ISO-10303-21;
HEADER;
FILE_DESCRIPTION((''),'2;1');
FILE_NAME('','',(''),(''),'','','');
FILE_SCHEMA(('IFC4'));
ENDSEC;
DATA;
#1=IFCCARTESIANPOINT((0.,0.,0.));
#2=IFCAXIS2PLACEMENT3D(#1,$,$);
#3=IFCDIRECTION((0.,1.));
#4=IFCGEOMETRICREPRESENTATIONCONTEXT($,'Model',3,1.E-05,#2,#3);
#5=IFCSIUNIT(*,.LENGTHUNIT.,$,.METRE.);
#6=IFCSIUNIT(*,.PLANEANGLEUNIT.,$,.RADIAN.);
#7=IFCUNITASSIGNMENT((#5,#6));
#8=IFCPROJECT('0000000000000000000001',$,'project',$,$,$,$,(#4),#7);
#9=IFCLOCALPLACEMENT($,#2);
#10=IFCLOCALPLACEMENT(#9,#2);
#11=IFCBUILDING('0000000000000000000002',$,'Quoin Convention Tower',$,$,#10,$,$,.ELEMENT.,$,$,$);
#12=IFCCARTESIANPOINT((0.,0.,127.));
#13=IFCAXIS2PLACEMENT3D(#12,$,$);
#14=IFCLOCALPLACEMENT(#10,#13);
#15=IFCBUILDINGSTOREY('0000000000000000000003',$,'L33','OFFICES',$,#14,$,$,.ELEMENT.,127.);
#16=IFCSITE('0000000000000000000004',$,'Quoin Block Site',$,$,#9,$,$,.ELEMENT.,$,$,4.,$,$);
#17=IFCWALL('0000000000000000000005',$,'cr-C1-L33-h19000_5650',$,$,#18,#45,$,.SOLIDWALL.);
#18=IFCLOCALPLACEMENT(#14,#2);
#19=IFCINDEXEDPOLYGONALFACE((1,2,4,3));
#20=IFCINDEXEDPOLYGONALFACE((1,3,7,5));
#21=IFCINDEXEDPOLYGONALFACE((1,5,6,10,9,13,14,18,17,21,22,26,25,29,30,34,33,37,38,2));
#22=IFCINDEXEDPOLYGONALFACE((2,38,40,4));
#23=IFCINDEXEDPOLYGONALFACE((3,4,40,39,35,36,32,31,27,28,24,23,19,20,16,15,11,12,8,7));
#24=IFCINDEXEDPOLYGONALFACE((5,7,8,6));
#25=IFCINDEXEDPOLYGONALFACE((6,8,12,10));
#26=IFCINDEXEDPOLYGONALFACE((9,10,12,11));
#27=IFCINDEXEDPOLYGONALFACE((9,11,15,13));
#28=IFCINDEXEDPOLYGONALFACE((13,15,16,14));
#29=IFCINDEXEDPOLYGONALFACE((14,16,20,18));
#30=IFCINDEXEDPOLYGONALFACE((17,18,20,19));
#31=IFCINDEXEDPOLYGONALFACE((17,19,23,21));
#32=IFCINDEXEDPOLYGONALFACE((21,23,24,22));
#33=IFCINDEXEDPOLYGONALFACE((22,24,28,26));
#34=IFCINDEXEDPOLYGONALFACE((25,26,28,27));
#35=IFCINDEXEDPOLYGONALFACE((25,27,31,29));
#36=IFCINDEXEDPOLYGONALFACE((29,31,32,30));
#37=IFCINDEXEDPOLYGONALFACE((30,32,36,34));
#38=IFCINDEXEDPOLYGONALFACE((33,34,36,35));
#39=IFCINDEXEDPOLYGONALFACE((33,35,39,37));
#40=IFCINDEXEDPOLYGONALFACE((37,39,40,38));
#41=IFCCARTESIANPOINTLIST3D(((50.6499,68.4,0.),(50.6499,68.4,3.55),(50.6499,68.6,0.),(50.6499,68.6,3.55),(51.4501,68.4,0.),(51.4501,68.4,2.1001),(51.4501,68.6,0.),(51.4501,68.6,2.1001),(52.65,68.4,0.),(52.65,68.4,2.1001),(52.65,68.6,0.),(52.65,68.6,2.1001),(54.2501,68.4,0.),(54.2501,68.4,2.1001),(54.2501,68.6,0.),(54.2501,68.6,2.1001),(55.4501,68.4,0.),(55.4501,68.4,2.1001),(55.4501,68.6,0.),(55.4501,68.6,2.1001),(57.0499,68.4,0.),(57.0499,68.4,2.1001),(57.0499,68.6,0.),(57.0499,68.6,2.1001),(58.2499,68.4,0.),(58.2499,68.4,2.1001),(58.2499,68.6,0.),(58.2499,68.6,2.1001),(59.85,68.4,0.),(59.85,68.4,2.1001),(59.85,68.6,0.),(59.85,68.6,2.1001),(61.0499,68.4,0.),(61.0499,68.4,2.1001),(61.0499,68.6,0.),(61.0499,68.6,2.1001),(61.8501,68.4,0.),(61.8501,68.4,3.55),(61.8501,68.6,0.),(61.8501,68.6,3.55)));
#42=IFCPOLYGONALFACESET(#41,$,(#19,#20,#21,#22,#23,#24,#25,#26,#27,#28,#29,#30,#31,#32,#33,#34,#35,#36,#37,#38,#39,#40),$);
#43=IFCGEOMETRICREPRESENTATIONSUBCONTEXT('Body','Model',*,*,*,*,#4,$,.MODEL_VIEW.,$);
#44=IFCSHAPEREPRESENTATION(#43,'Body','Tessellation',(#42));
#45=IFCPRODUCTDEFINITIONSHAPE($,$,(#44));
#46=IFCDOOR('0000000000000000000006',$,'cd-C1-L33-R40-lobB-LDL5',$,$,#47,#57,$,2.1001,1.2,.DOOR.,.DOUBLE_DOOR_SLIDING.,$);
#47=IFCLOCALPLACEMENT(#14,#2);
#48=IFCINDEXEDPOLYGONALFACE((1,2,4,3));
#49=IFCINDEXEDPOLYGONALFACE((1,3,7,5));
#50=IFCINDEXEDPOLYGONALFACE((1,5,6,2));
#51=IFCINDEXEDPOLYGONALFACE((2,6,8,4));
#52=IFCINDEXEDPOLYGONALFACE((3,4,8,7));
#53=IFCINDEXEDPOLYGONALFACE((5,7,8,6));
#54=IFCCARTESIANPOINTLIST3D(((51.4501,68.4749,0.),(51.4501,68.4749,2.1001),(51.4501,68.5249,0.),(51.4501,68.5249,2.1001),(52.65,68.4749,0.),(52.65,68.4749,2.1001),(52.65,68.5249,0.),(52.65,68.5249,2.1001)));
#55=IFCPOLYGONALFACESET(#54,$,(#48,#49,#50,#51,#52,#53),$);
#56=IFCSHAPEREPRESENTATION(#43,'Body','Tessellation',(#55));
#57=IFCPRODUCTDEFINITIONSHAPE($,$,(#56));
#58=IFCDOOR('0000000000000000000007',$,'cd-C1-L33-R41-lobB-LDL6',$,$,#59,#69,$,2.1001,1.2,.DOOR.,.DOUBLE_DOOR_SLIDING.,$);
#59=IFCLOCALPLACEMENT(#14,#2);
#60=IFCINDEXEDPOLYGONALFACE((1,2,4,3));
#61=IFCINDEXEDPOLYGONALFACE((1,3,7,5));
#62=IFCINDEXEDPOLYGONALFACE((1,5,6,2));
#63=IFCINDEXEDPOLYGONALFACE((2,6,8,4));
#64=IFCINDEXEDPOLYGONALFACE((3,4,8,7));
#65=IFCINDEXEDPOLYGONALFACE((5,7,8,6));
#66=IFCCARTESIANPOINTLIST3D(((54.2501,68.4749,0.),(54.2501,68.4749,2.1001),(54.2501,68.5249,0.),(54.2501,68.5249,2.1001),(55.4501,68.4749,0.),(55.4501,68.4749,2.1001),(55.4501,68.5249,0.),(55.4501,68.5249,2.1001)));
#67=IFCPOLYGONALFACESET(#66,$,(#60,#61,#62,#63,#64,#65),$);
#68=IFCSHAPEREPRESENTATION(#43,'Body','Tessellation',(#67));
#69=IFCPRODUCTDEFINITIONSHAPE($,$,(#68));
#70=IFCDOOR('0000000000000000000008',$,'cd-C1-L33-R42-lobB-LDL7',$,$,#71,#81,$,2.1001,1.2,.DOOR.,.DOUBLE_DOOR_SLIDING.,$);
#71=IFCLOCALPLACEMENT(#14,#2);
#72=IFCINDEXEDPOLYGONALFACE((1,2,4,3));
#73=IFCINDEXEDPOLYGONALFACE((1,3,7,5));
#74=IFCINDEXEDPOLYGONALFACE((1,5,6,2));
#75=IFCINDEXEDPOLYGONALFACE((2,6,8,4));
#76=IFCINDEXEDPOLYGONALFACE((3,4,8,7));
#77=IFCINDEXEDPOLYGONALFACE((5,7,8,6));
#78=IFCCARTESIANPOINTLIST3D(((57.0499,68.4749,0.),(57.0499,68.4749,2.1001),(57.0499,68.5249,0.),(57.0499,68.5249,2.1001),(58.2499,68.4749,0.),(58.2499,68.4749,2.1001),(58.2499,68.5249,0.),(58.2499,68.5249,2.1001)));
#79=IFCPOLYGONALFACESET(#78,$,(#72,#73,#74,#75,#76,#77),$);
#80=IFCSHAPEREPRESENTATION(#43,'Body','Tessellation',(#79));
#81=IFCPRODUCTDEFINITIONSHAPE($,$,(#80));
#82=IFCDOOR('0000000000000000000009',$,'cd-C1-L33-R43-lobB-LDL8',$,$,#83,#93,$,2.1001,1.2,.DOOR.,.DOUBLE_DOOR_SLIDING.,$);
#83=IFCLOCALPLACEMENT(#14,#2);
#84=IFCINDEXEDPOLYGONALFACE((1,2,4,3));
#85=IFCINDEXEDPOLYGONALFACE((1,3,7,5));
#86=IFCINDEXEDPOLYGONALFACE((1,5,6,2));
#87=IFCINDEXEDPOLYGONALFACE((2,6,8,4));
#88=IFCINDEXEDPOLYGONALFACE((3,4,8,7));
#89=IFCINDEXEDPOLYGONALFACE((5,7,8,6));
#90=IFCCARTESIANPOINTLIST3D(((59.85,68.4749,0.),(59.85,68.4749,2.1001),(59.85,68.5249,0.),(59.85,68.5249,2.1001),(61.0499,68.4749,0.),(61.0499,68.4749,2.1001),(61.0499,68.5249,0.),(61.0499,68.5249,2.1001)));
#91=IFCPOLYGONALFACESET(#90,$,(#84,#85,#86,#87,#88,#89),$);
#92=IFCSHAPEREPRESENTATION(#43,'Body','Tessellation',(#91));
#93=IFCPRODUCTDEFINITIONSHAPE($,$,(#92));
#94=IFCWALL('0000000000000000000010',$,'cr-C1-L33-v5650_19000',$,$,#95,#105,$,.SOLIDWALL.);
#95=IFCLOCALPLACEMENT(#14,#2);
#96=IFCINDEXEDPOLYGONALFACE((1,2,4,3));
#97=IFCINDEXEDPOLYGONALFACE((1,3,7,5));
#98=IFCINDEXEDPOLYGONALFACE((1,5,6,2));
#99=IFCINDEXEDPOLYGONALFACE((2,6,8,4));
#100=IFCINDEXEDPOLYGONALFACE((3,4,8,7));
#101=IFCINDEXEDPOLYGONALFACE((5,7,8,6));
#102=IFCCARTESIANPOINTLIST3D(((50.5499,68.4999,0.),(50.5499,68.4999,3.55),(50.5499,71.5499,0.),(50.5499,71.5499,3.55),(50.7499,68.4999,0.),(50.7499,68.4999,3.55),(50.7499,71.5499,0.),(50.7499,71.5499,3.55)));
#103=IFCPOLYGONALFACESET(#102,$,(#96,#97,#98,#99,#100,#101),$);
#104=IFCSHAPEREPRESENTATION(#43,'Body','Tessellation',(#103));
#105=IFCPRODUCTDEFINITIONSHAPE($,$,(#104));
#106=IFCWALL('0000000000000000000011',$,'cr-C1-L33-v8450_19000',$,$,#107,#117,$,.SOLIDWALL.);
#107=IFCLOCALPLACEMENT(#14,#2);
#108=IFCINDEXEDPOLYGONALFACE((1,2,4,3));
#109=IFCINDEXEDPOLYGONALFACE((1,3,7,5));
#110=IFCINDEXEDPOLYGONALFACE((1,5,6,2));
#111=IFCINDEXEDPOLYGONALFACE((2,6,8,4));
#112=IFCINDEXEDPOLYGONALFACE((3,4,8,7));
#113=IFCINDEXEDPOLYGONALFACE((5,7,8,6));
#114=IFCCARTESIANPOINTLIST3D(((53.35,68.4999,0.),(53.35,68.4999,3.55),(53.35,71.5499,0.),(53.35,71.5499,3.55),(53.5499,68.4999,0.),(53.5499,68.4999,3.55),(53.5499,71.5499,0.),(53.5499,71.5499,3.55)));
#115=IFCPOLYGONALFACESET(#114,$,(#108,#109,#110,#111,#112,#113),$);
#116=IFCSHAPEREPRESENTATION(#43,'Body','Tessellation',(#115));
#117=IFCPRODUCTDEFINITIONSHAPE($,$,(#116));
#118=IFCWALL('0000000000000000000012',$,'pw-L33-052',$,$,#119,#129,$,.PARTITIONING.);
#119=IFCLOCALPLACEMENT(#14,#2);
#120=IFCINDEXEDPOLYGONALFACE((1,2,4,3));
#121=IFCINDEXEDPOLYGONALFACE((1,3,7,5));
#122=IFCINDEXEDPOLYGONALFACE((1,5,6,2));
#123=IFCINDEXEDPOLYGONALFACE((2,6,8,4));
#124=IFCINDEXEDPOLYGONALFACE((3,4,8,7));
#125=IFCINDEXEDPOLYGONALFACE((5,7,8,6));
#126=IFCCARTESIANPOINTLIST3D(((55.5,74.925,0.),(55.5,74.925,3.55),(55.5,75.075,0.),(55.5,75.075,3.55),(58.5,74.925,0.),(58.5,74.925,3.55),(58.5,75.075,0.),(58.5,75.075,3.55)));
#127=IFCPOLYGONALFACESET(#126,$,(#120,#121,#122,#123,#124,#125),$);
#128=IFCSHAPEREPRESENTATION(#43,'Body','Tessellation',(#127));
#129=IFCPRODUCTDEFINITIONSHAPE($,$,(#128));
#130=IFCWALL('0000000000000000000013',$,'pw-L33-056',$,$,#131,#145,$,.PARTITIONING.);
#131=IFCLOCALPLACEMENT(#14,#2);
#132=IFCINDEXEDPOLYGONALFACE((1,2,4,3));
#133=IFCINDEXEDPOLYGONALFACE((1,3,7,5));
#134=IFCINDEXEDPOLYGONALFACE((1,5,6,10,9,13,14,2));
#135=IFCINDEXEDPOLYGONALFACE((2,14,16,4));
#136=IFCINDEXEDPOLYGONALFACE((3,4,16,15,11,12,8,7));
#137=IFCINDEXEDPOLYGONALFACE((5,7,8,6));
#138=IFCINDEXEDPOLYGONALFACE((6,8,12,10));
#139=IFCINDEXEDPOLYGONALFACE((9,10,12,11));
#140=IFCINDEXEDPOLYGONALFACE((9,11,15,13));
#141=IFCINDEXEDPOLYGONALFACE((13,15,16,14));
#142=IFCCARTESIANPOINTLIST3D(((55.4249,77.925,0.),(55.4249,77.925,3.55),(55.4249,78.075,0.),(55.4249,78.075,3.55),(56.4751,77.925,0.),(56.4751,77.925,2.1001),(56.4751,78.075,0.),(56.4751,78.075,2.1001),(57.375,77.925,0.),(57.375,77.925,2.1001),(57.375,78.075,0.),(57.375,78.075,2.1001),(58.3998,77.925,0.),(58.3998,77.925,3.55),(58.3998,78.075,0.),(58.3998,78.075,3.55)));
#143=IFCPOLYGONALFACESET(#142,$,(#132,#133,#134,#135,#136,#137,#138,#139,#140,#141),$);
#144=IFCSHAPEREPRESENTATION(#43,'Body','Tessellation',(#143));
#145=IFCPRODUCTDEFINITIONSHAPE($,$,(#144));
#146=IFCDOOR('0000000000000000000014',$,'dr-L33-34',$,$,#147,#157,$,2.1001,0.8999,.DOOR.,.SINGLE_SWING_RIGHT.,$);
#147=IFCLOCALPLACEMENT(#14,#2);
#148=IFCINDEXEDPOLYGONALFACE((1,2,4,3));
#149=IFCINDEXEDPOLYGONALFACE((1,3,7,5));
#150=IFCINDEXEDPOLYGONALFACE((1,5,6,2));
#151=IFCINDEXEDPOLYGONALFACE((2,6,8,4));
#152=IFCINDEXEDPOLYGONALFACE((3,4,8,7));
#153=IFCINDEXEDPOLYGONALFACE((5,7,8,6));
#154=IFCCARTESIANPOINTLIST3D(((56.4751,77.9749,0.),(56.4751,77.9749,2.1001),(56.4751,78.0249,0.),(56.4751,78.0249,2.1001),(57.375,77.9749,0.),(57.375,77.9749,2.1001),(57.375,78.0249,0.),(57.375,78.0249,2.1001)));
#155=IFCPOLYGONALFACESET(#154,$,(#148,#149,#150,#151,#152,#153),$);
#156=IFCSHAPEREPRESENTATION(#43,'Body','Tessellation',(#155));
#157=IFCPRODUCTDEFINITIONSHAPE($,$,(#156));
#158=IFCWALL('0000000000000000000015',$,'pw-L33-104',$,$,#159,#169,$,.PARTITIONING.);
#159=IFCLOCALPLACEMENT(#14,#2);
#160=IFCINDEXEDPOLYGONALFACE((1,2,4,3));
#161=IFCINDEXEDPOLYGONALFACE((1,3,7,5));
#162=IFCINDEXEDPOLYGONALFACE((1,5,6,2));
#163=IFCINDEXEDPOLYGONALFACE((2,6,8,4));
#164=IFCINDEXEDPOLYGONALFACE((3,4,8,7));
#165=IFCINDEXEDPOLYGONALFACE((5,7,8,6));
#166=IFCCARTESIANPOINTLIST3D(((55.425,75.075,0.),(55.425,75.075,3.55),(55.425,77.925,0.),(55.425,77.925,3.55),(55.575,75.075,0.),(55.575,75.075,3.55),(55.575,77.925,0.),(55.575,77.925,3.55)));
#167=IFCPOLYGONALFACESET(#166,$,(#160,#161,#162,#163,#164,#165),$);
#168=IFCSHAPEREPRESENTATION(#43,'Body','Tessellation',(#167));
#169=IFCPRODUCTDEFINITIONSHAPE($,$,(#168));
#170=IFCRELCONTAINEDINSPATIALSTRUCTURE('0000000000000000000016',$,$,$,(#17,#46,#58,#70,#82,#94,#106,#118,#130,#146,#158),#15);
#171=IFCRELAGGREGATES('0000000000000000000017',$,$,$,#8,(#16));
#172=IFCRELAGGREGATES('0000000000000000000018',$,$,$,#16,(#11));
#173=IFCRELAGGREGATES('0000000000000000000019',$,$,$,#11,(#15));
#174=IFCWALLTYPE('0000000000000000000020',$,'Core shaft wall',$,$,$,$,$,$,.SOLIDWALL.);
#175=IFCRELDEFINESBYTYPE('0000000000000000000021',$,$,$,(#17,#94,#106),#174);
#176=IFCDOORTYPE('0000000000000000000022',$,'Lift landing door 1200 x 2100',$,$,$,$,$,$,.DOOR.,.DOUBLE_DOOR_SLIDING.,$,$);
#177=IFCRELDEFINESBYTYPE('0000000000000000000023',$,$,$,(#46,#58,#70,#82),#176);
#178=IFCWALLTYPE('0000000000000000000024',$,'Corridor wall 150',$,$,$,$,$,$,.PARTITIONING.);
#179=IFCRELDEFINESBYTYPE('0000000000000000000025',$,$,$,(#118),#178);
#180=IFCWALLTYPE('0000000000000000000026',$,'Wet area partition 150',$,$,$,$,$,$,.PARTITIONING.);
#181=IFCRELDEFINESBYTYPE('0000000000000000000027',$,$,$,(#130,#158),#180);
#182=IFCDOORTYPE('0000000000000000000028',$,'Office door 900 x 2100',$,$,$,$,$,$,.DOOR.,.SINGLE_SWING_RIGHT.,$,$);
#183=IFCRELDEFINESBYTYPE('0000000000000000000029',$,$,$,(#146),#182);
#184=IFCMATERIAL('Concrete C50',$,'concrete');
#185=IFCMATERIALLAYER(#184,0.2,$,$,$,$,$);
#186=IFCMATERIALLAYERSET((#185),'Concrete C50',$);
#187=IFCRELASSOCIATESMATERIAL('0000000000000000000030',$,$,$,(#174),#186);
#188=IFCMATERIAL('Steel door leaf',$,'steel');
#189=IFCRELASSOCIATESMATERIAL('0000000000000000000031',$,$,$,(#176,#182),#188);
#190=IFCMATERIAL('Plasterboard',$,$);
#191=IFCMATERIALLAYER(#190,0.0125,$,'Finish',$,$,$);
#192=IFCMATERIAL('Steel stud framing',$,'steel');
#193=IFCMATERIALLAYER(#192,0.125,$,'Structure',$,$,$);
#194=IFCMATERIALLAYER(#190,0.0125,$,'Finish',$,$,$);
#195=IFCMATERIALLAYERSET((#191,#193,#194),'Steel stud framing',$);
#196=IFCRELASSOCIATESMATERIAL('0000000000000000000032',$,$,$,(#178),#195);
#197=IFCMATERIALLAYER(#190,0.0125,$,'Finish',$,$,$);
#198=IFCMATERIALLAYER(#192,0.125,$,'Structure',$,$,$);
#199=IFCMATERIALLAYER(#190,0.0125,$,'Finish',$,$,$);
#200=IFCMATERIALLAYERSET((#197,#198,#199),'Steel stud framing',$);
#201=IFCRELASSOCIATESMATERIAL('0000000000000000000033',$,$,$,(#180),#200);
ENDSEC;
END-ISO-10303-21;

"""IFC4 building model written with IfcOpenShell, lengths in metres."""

from ifc_helpers import new_model, si_unit, direction, frame, frame_2d, origin, place, context, subcontext, project, spatial, rectangle, extrude, material, layer, layer_set, type_object, element, fill, save


model = new_model("IFC4")

# Units and contexts
model_context = context("Model", 3, precision=1e-05, world=origin(), true_north=direction((0.0, 1.0)))
body_context = subcontext(model_context, "Body", "Model", "MODEL_VIEW")
ifc_project = project(units=[si_unit("LENGTHUNIT", "METRE"), si_unit("PLANEANGLEUNIT", "RADIAN")], contexts=[model_context])

# Site, building, storey
site_placement = place(None, origin())
site = spatial("IfcSite", under=ifc_project, at=site_placement, Name="Quoin Block Site", CompositionType="ELEMENT", RefElevation=4.0)
building_placement = place(site_placement, origin())
building = spatial("IfcBuilding", under=site, at=building_placement, Name="Quoin Convention Tower", CompositionType="ELEMENT")
storey_placement = place(building_placement, frame((0.0, 0.0, 127.0)))
storey = spatial("IfcBuildingStorey", under=building, at=storey_placement, Name="L33", Description="OFFICES", CompositionType="ELEMENT", Elevation=127.0)

# Shared definitions
ifc_material_1 = material(Name="Plasterboard")
ifc_material_2 = material(Name="Steel stud framing", Category="steel")

# Wall, openings, doors
ifc_material_3 = material(Name="Concrete C50", Category="concrete")
ifc_layer_1 = layer(ifc_material_3, 0.2)
ifc_layer_set_1 = layer_set([ifc_layer_1], Name="Concrete C50")
wall_type_1 = type_object("IfcWallType", Name="Core shaft wall", PredefinedType="SOLIDWALL", material=ifc_layer_set_1)
wall_1_placement = place(storey_placement, frame((50.6499, 68.5, 0.0), z_axis=(0.0, 0.0, 1.0), x_axis=(1.0, 0.0, 0.0)))
wall_1 = element("IfcWall", 1, at=wall_1_placement, inside=storey, type_object=wall_type_1, Name="cr-C1-L33-h19000_5650", PredefinedType="SOLIDWALL", context=body_context, shape_type="SweptSolid", body=[
    extrude(rectangle(XDim=11.2002, YDim=0.2, at=frame_2d((5.6001, 0.0))), origin(), (0.0, 0.0, 1.0), 3.55),
])
opening_1_placement = place(wall_1_placement, frame((0.8, 0.0, 0.0)))
opening_1 = element("IfcOpeningElement", 2, at=opening_1_placement, cuts=wall_1, PredefinedType="OPENING", context=body_context, shape_type="SweptSolid", body=[
    extrude(rectangle(XDim=1.2, YDim=2.1001, at=frame_2d((0.6001, 1.05))), frame((0.0, 0.1099, 0.0), z_axis=(0.0, -1.0, 0.0), x_axis=(1.0, 0.0, 0.0)), (0.0, 0.0, 1.0), 0.22),
])
opening_2_placement = place(wall_1_placement, frame((3.6001, 0.0, 0.0)))
opening_2 = element("IfcOpeningElement", 3, at=opening_2_placement, cuts=wall_1, PredefinedType="OPENING", context=body_context, shape_type="SweptSolid", body=[
    extrude(rectangle(XDim=1.2, YDim=2.1001, at=frame_2d((0.6001, 1.05))), frame((0.0, 0.1099, 0.0), z_axis=(0.0, -1.0, 0.0), x_axis=(1.0, 0.0, 0.0)), (0.0, 0.0, 1.0), 0.22),
])
opening_3_placement = place(wall_1_placement, frame((6.3999, 0.0, 0.0)))
opening_3 = element("IfcOpeningElement", 4, at=opening_3_placement, cuts=wall_1, PredefinedType="OPENING", context=body_context, shape_type="SweptSolid", body=[
    extrude(rectangle(XDim=1.2, YDim=2.1001, at=frame_2d((0.6001, 1.05))), frame((0.0, 0.1099, 0.0), z_axis=(0.0, -1.0, 0.0), x_axis=(1.0, 0.0, 0.0)), (0.0, 0.0, 1.0), 0.22),
])
opening_4_placement = place(wall_1_placement, frame((9.2, 0.0, 0.0)))
opening_4 = element("IfcOpeningElement", 5, at=opening_4_placement, cuts=wall_1, PredefinedType="OPENING", context=body_context, shape_type="SweptSolid", body=[
    extrude(rectangle(XDim=1.2, YDim=2.1001, at=frame_2d((0.6001, 1.05))), frame((0.0, 0.1099, 0.0), z_axis=(0.0, -1.0, 0.0), x_axis=(1.0, 0.0, 0.0)), (0.0, 0.0, 1.0), 0.22),
])
ifc_material_4 = material(Name="Steel door leaf", Category="steel")
door_type_1 = type_object("IfcDoorType", Name="Lift landing door 1200 x 2100", OperationType="DOUBLE_DOOR_SLIDING", PredefinedType="DOOR", material=ifc_material_4)
door_1_placement = place(opening_1_placement, origin())
door_1 = element("IfcDoor", 6, at=door_1_placement, inside=storey, type_object=door_type_1, Name="cd-C1-L33-R40-lobB-LDL5", OperationType="DOUBLE_DOOR_SLIDING", OverallHeight=2.1001, OverallWidth=1.2, PredefinedType="DOOR", context=body_context, shape_type="SweptSolid", body=[
    extrude(rectangle(XDim=1.2, YDim=2.1001, at=frame_2d((0.6001, 1.05))), frame((0.0, 0.0249, 0.0), z_axis=(0.0, -1.0, 0.0), x_axis=(1.0, 0.0, 0.0)), (0.0, 0.0, 1.0), 0.05),
])
fill(opening_1, door_1)
door_2_placement = place(opening_2_placement, origin())
door_2 = element("IfcDoor", 7, at=door_2_placement, inside=storey, type_object=door_type_1, Name="cd-C1-L33-R41-lobB-LDL6", OperationType="DOUBLE_DOOR_SLIDING", OverallHeight=2.1001, OverallWidth=1.2, PredefinedType="DOOR", context=body_context, shape_type="SweptSolid", body=[
    extrude(rectangle(XDim=1.2, YDim=2.1001, at=frame_2d((0.6001, 1.05))), frame((0.0, 0.0249, 0.0), z_axis=(0.0, -1.0, 0.0), x_axis=(1.0, 0.0, 0.0)), (0.0, 0.0, 1.0), 0.05),
])
fill(opening_2, door_2)
door_3_placement = place(opening_3_placement, origin())
door_3 = element("IfcDoor", 8, at=door_3_placement, inside=storey, type_object=door_type_1, Name="cd-C1-L33-R42-lobB-LDL7", OperationType="DOUBLE_DOOR_SLIDING", OverallHeight=2.1001, OverallWidth=1.2, PredefinedType="DOOR", context=body_context, shape_type="SweptSolid", body=[
    extrude(rectangle(XDim=1.2, YDim=2.1001, at=frame_2d((0.6001, 1.05))), frame((0.0, 0.0249, 0.0), z_axis=(0.0, -1.0, 0.0), x_axis=(1.0, 0.0, 0.0)), (0.0, 0.0, 1.0), 0.05),
])
fill(opening_3, door_3)
door_4_placement = place(opening_4_placement, origin())
door_4 = element("IfcDoor", 9, at=door_4_placement, inside=storey, type_object=door_type_1, Name="cd-C1-L33-R43-lobB-LDL8", OperationType="DOUBLE_DOOR_SLIDING", OverallHeight=2.1001, OverallWidth=1.2, PredefinedType="DOOR", context=body_context, shape_type="SweptSolid", body=[
    extrude(rectangle(XDim=1.2, YDim=2.1001, at=frame_2d((0.6001, 1.05))), frame((0.0, 0.0249, 0.0), z_axis=(0.0, -1.0, 0.0), x_axis=(1.0, 0.0, 0.0)), (0.0, 0.0, 1.0), 0.05),
])
fill(opening_4, door_4)

# Walls
for number, where, z_axis, x_axis, name in (
    (10, (50.6499, 68.5, 0.0), (0.0, 0.0, 1.0), (0.0, 1.0, 0.0), "cr-C1-L33-v5650_19000"),
    (11, (53.45, 68.5, 0.0), (0.0, 0.0, 1.0), (0.0, 1.0, 0.0), "cr-C1-L33-v8450_19000"),
):
    element("IfcWall", number, at=place(storey_placement, frame(where, z_axis=z_axis, x_axis=x_axis)), inside=storey, type_object=wall_type_1, Name=name, PredefinedType="SOLIDWALL", context=body_context, shape_type="SweptSolid", body=[
        extrude(rectangle(XDim=3.05, YDim=0.2, at=frame_2d((1.5249, 0.0))), origin(), (0.0, 0.0, 1.0), 3.55),
    ])
ifc_layer_2 = layer(ifc_material_1, 0.0125, Name="Finish")
ifc_layer_3 = layer(ifc_material_2, 0.125, Name="Structure")
ifc_layer_4 = layer(ifc_material_1, 0.0125, Name="Finish")
ifc_layer_set_2 = layer_set([ifc_layer_2, ifc_layer_3, ifc_layer_4], Name="Steel stud framing")
wall_type_2 = type_object("IfcWallType", Name="Corridor wall 150", PredefinedType="PARTITIONING", material=ifc_layer_set_2)
wall_2_placement = place(storey_placement, frame((55.5, 75.0, 0.0), z_axis=(0.0, 0.0, 1.0), x_axis=(1.0, 0.0, 0.0)))
element("IfcWall", 12, at=wall_2_placement, inside=storey, type_object=wall_type_2, Name="pw-L33-052", PredefinedType="PARTITIONING", context=body_context, shape_type="SweptSolid", body=[
    extrude(rectangle(XDim=3.0, YDim=0.1499, at=frame_2d((1.5, 0.0))), origin(), (0.0, 0.0, 1.0), 3.55),
])

# Wall, opening, door
ifc_layer_5 = layer(ifc_material_1, 0.0125, Name="Finish")
ifc_layer_6 = layer(ifc_material_2, 0.125, Name="Structure")
ifc_layer_7 = layer(ifc_material_1, 0.0125, Name="Finish")
ifc_layer_set_3 = layer_set([ifc_layer_5, ifc_layer_6, ifc_layer_7], Name="Steel stud framing")
wall_type_3 = type_object("IfcWallType", Name="Wet area partition 150", PredefinedType="PARTITIONING", material=ifc_layer_set_3)
wall_3_placement = place(storey_placement, frame((55.425, 78.0, 0.0), z_axis=(0.0, 0.0, 1.0), x_axis=(1.0, 0.0, 0.0)))
wall_3 = element("IfcWall", 13, at=wall_3_placement, inside=storey, type_object=wall_type_3, Name="pw-L33-056", PredefinedType="PARTITIONING", context=body_context, shape_type="SweptSolid", body=[
    extrude(rectangle(XDim=2.9749, YDim=0.1499, at=frame_2d((1.4873, 0.0))), origin(), (0.0, 0.0, 1.0), 3.55),
])
opening_5_placement = place(wall_3_placement, frame((1.05, 0.0, 0.0)))
opening_5 = element("IfcOpeningElement", 14, at=opening_5_placement, cuts=wall_3, PredefinedType="OPENING", context=body_context, shape_type="SweptSolid", body=[
    extrude(rectangle(XDim=0.8999, YDim=2.1001, at=frame_2d((0.45, 1.05))), frame((0.0, 0.085, 0.0), z_axis=(0.0, -1.0, 0.0), x_axis=(1.0, 0.0, 0.0)), (0.0, 0.0, 1.0), 0.1699),
])
door_type_2 = type_object("IfcDoorType", Name="Office door 900 x 2100", OperationType="SINGLE_SWING_RIGHT", PredefinedType="DOOR", material=ifc_material_4)
door_5_placement = place(opening_5_placement, origin())
door_5 = element("IfcDoor", 15, at=door_5_placement, inside=storey, type_object=door_type_2, Name="dr-L33-34", OperationType="SINGLE_SWING_RIGHT", OverallHeight=2.1001, OverallWidth=0.8999, PredefinedType="DOOR", context=body_context, shape_type="SweptSolid", body=[
    extrude(rectangle(XDim=0.8999, YDim=2.1001, at=frame_2d((0.45, 1.05))), frame((0.0, 0.0249, 0.0), z_axis=(0.0, -1.0, 0.0), x_axis=(1.0, 0.0, 0.0)), (0.0, 0.0, 1.0), 0.05),
])
fill(opening_5, door_5)

# Wall
wall_4_placement = place(storey_placement, frame((55.5, 75.075, 0.0), z_axis=(0.0, 0.0, 1.0), x_axis=(0.0, 1.0, 0.0)))
element("IfcWall", 16, at=wall_4_placement, inside=storey, type_object=wall_type_3, Name="pw-L33-104", PredefinedType="PARTITIONING", context=body_context, shape_type="SweptSolid", body=[
    extrude(rectangle(XDim=2.8501, YDim=0.1499, at=frame_2d((1.425, 0.0))), origin(), (0.0, 0.0, 1.0), 3.55),
])

save(model, "model.ifc")
